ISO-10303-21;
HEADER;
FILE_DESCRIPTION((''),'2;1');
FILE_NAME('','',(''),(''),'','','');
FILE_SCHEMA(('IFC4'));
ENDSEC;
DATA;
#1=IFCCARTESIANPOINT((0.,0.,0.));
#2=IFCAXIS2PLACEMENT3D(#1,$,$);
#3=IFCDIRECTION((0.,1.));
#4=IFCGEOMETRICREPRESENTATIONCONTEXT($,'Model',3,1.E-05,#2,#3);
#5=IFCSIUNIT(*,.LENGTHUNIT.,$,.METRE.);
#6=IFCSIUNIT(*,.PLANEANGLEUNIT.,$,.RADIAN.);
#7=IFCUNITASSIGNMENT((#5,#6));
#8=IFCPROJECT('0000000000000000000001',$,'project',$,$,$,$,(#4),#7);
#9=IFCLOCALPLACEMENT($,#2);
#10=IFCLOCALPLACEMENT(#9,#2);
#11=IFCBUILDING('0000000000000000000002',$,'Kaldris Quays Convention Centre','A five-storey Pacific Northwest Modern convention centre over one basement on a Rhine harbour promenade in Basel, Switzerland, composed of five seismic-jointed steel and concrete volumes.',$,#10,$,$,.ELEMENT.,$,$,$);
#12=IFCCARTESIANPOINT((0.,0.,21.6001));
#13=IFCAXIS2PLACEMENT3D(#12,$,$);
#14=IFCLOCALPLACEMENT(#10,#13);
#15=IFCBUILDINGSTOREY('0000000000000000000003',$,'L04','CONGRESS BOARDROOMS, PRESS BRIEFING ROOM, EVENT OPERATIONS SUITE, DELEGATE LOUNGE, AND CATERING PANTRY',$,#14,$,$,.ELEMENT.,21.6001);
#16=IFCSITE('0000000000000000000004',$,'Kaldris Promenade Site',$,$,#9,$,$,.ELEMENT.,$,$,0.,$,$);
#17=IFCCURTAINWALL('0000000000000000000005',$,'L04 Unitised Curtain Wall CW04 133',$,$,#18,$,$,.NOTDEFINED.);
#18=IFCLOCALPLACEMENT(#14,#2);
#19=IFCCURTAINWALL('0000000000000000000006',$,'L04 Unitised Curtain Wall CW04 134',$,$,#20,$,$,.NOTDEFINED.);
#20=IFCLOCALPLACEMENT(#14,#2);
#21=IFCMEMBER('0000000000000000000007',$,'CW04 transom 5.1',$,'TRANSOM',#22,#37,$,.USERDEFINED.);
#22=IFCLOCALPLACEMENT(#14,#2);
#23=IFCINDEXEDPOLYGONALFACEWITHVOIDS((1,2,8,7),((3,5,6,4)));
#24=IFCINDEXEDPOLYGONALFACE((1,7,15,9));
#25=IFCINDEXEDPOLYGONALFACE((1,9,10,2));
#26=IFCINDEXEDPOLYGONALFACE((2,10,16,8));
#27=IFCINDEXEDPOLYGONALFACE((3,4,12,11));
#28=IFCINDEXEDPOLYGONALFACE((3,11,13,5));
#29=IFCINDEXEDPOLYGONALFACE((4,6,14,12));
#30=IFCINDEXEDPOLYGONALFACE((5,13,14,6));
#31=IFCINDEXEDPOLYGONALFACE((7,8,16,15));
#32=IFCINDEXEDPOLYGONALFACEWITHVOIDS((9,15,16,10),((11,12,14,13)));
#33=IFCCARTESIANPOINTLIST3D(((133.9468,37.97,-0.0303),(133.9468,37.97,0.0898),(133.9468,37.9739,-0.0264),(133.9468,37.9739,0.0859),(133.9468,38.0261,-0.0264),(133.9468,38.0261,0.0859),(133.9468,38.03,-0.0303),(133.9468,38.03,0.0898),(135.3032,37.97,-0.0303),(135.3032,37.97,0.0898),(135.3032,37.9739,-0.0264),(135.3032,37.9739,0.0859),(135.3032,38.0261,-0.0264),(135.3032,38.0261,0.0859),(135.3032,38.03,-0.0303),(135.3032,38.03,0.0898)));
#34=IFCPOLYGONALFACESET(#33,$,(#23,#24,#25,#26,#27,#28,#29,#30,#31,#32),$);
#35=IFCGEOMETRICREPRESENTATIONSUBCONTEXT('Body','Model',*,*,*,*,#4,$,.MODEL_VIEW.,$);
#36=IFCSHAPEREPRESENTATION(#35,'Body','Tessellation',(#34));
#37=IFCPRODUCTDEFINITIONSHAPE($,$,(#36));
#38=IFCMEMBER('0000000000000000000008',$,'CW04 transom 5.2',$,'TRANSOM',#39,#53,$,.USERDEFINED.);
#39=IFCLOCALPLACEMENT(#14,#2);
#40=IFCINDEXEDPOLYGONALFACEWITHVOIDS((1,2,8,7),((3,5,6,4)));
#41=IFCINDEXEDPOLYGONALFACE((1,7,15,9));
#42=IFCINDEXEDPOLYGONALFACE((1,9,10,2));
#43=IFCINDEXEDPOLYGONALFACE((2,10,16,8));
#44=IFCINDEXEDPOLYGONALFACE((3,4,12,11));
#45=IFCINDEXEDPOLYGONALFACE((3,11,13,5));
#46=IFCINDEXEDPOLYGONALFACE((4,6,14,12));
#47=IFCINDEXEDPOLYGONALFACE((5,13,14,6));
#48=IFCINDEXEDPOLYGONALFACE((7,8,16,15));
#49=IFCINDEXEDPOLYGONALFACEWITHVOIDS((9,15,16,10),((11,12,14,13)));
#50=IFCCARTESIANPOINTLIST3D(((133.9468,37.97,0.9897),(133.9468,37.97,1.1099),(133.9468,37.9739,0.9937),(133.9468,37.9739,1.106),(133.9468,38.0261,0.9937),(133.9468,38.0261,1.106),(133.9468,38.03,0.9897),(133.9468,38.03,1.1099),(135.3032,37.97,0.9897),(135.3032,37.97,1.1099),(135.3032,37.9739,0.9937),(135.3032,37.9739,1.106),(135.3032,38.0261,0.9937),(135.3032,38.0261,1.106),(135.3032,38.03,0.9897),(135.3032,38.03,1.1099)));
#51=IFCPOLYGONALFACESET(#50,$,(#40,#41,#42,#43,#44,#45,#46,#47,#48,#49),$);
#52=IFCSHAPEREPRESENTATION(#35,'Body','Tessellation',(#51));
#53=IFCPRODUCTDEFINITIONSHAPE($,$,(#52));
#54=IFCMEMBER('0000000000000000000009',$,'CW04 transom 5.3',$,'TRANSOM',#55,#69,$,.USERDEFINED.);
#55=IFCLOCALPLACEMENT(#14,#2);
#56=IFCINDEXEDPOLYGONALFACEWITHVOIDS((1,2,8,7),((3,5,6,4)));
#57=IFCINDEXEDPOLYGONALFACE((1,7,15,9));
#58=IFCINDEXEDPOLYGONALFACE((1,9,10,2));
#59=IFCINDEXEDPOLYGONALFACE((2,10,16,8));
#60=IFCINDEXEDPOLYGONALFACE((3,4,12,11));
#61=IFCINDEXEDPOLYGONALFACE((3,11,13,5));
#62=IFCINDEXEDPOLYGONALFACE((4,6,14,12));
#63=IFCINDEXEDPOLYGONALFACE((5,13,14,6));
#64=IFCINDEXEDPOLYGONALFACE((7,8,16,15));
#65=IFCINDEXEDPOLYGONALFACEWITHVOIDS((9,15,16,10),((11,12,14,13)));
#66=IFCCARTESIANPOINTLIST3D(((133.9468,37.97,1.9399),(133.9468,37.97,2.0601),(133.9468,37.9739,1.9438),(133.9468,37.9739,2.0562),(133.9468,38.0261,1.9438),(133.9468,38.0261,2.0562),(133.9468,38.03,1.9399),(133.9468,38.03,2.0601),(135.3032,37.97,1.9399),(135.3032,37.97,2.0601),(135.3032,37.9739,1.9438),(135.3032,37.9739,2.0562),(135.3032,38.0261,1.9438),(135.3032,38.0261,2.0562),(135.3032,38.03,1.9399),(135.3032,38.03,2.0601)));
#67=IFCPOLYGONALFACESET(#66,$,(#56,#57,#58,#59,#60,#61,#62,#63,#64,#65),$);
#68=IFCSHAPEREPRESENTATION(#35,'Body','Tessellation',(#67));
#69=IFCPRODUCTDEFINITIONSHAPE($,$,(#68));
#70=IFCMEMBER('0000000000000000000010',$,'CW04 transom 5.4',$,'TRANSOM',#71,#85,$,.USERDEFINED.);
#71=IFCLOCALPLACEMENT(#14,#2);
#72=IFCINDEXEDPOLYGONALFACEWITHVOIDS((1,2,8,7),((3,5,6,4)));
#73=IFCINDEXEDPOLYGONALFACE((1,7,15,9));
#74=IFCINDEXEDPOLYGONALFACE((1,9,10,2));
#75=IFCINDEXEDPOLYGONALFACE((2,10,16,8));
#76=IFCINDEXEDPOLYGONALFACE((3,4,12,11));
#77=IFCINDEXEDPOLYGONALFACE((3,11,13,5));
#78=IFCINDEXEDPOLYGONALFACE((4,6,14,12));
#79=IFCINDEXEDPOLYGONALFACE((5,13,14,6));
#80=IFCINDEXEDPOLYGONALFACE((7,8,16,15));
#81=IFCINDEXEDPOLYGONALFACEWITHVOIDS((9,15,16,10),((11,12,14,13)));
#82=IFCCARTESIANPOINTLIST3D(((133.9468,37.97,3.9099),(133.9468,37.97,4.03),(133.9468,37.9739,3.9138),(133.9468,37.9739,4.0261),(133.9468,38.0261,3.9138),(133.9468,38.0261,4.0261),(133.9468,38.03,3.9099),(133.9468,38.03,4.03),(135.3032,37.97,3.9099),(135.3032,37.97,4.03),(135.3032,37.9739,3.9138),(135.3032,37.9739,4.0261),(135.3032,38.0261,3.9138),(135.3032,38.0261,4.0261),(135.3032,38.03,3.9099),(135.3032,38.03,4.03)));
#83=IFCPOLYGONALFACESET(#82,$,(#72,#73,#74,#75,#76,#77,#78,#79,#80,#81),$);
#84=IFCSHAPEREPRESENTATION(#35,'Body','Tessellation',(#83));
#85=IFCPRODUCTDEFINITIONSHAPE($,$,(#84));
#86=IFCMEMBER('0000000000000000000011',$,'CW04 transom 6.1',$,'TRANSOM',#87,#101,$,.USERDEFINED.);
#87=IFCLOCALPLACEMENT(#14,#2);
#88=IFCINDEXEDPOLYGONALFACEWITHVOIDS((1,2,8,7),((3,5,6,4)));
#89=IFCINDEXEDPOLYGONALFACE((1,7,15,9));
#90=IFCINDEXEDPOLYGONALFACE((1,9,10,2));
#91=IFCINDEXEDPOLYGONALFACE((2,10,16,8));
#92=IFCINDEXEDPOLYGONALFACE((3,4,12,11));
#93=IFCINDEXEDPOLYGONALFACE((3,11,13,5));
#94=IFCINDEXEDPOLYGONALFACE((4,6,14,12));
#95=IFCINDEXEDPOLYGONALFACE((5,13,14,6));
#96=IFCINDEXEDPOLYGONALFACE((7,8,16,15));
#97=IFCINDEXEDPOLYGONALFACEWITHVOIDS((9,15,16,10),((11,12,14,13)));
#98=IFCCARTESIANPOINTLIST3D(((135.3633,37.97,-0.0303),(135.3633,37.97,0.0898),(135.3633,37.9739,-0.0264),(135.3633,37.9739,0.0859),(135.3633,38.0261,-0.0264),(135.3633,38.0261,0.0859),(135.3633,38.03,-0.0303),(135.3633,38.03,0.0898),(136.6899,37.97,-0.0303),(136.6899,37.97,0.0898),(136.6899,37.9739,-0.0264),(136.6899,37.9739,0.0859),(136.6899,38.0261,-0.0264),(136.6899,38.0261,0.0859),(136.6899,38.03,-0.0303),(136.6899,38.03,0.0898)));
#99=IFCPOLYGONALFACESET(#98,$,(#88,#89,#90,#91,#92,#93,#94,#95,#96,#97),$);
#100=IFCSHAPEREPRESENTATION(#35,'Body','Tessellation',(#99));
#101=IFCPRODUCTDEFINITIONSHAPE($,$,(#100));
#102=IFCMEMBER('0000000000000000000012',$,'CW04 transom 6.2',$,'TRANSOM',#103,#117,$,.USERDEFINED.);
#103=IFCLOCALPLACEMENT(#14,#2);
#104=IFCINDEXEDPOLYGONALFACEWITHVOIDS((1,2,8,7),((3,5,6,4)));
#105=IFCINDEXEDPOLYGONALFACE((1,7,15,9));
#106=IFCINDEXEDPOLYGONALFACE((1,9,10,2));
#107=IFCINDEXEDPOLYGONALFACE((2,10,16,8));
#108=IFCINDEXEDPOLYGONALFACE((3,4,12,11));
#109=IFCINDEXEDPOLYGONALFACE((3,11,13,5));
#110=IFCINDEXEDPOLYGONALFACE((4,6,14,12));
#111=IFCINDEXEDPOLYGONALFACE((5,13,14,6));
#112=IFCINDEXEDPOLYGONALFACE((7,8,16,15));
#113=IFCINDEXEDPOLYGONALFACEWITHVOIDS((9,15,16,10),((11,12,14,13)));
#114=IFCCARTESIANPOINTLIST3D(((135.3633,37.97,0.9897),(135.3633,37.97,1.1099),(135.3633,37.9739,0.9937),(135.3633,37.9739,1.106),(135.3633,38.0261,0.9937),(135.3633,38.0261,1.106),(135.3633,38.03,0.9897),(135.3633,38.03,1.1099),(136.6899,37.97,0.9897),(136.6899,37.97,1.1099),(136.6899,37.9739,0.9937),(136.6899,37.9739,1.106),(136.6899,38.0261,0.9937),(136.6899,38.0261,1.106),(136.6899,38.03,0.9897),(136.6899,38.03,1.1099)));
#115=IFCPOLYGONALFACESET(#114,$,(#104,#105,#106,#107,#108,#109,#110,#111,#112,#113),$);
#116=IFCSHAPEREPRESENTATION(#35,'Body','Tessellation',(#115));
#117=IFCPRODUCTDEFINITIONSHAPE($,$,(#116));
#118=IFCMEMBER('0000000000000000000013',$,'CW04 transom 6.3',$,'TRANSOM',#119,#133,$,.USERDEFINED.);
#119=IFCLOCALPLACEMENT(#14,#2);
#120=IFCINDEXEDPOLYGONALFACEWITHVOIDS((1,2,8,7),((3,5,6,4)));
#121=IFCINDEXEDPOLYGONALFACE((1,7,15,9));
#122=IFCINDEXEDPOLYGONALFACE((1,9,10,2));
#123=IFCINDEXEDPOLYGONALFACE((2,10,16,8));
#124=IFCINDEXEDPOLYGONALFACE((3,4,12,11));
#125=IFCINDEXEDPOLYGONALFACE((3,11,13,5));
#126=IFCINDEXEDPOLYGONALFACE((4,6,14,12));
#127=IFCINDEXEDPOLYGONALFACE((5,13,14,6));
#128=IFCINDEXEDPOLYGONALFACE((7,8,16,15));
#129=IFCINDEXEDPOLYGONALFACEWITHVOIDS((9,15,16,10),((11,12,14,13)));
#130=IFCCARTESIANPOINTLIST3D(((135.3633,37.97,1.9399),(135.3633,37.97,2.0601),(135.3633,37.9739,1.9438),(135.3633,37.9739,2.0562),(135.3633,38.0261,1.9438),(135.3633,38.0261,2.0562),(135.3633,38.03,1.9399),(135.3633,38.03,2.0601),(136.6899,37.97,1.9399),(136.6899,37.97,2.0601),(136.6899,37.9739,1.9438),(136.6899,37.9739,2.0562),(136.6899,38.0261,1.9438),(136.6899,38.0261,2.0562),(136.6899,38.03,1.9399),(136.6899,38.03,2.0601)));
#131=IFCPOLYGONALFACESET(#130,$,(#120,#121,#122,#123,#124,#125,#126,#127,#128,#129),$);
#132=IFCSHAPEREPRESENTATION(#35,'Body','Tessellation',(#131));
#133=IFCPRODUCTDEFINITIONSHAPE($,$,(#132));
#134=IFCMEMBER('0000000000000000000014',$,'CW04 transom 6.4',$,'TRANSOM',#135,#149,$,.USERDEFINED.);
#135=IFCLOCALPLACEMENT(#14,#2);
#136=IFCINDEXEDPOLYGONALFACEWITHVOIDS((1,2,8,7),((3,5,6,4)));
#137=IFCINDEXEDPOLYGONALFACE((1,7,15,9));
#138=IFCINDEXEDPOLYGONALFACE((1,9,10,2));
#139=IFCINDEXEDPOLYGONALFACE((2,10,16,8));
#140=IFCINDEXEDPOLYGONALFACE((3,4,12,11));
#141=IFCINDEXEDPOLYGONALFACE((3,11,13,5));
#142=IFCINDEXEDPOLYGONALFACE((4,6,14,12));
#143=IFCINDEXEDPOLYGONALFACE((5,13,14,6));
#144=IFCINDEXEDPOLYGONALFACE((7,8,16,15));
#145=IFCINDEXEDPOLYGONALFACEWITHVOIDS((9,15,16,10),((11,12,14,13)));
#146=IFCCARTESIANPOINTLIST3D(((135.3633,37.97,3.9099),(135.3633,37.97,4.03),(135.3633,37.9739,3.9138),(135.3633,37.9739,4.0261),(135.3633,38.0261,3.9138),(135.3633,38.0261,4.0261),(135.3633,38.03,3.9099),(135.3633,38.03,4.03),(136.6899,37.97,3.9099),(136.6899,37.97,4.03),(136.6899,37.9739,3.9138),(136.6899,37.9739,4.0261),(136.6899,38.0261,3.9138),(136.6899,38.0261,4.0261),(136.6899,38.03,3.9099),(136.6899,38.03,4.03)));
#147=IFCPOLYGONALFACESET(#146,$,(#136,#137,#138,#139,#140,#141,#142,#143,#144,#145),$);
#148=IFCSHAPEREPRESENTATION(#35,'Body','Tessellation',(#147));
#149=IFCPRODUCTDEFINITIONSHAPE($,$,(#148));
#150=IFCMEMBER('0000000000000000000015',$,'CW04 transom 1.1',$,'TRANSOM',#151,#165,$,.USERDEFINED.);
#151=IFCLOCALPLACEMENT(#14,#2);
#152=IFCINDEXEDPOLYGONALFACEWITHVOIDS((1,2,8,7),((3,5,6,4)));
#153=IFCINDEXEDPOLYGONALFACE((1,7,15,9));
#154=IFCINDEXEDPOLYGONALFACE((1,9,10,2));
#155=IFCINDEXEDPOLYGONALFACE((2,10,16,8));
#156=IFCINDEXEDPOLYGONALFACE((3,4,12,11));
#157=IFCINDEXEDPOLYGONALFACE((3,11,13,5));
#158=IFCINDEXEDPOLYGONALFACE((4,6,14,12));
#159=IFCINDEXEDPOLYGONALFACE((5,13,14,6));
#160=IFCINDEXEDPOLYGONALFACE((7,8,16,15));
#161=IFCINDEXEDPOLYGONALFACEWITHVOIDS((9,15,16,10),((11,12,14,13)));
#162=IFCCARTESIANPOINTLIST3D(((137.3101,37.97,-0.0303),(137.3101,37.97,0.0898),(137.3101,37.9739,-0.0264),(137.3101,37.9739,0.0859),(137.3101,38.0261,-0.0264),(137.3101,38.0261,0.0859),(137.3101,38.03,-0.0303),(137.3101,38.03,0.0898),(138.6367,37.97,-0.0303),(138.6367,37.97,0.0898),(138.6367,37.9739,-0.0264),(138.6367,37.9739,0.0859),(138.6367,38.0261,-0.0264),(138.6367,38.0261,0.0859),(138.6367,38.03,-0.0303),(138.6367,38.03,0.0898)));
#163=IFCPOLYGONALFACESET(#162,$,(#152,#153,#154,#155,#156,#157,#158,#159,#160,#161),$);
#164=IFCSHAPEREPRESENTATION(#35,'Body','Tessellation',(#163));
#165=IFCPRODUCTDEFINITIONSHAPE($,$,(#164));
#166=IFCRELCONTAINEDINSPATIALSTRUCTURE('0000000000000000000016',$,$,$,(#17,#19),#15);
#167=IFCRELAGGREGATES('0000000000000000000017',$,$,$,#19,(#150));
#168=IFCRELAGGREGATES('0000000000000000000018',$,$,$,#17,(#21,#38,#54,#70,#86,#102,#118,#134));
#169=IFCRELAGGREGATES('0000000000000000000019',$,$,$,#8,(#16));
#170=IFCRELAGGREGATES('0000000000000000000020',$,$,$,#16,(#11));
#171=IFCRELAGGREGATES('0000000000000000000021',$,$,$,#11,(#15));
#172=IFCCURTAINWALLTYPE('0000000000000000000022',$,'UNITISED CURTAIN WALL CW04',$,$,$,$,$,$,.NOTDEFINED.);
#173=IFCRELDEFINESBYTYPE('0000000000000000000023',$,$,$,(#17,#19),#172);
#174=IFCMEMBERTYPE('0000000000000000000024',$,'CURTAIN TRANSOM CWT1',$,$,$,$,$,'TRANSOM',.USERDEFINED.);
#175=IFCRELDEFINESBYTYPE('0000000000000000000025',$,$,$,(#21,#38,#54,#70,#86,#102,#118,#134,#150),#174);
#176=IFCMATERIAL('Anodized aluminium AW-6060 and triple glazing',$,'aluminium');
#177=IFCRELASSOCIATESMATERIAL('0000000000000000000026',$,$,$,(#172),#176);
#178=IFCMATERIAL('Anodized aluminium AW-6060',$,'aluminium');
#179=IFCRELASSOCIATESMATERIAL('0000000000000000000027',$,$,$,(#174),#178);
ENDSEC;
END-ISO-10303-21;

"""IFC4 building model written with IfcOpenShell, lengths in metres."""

from ifc_helpers import new_model, si_unit, direction, frame, origin, origin_2d, place, context, subcontext, project, spatial, hollow_rectangle, extrude, material, material_profile, profile_set, type_object, element, aggregate, save


model = new_model("IFC4")

# Units and contexts
model_context = context("Model", 3, precision=1e-05, world=origin(), true_north=direction((0.0, 1.0)))
body_context = subcontext(model_context, "Body", "Model", "MODEL_VIEW")
ifc_project = project(units=[si_unit("LENGTHUNIT", "METRE"), si_unit("PLANEANGLEUNIT", "RADIAN")], contexts=[model_context])

# Site, building, storey
site_placement = place(None, origin())
site = spatial("IfcSite", under=ifc_project, at=site_placement, Name="Kaldris Promenade Site", CompositionType="ELEMENT", RefElevation=0.0)
building_placement = place(site_placement, origin())
building = spatial("IfcBuilding", under=site, at=building_placement, Name="Kaldris Quays Convention Centre", Description="A five-storey Pacific Northwest Modern convention centre over one basement on a Rhine harbour promenade in Basel, Switzerland, composed of five seismic-jointed steel and concrete volumes.", CompositionType="ELEMENT")
storey_placement = place(building_placement, frame((0.0, 0.0, 21.6001)))
storey = spatial("IfcBuildingStorey", under=building, at=storey_placement, Name="L04", Description="CONGRESS BOARDROOMS, PRESS BRIEFING ROOM, EVENT OPERATIONS SUITE, DELEGATE LOUNGE, AND CATERING PANTRY", CompositionType="ELEMENT", Elevation=21.6001)

# Curtain wall
ifc_material_1 = material(Name="Anodized aluminium AW-6060 and triple glazing", Category="aluminium")
curtain_wall_type = type_object("IfcCurtainWallType", Name="UNITISED CURTAIN WALL CW04", PredefinedType="NOTDEFINED", material=ifc_material_1)
curtain_wall_1_placement = place(storey_placement, origin())
curtain_wall_1 = element("IfcCurtainWall", 1, at=curtain_wall_1_placement, inside=storey, type_object=curtain_wall_type, Name="L04 Unitised Curtain Wall CW04 133", PredefinedType="NOTDEFINED")
ifc_material_2 = material(Name="Anodized aluminium AW-6060", Category="aluminium")

# Curtain wall
curtain_wall_2_placement = place(storey_placement, origin())
curtain_wall_2 = element("IfcCurtainWall", 2, at=curtain_wall_2_placement, inside=storey, type_object=curtain_wall_type, Name="L04 Unitised Curtain Wall CW04 134", PredefinedType="NOTDEFINED")

# Members
ifc_material_profile_1 = material_profile(ifc_material_2, hollow_rectangle(XDim=0.0601, YDim=0.1201, WallThickness=0.0039, at=origin_2d()), Name="RHS 120x60x4")
ifc_profile_set_1 = profile_set([ifc_material_profile_1], Name="Anodized aluminium AW-6060")
member_type_1 = type_object("IfcMemberType", Name="CURTAIN TRANSOM CWT1", ElementType="TRANSOM", PredefinedType="USERDEFINED", material=ifc_profile_set_1)
member_1_placement = place(storey_placement, frame((133.9468, 38.0, 0.0298), z_axis=(1.0, 0.0, 0.0), x_axis=(0.0, 1.0, 0.0)))
member_1 = element("IfcMember", 3, at=member_1_placement, type_object=member_type_1, Name="CW04 transom 5.1", ObjectType="TRANSOM", PredefinedType="USERDEFINED", context=body_context, shape_type="SweptSolid", body=[
    extrude(hollow_rectangle(XDim=0.0601, YDim=0.1201, WallThickness=0.0039, at=origin_2d()), origin(), (0.0, 0.0, 1.0), 1.3564),
])
member_2_placement = place(storey_placement, frame((133.9468, 38.0, 1.0498), z_axis=(1.0, 0.0, 0.0), x_axis=(0.0, 1.0, 0.0)))
member_2 = element("IfcMember", 4, at=member_2_placement, type_object=member_type_1, Name="CW04 transom 5.2", ObjectType="TRANSOM", PredefinedType="USERDEFINED", context=body_context, shape_type="SweptSolid", body=[
    extrude(hollow_rectangle(XDim=0.0601, YDim=0.1201, WallThickness=0.0039, at=origin_2d()), origin(), (0.0, 0.0, 1.0), 1.3564),
])
member_3_placement = place(storey_placement, frame((133.9468, 38.0, 2.0), z_axis=(1.0, 0.0, 0.0), x_axis=(0.0, 1.0, 0.0)))
member_3 = element("IfcMember", 5, at=member_3_placement, type_object=member_type_1, Name="CW04 transom 5.3", ObjectType="TRANSOM", PredefinedType="USERDEFINED", context=body_context, shape_type="SweptSolid", body=[
    extrude(hollow_rectangle(XDim=0.0601, YDim=0.1201, WallThickness=0.0039, at=origin_2d()), origin(), (0.0, 0.0, 1.0), 1.3564),
])
member_4_placement = place(storey_placement, frame((133.9468, 38.0, 3.97), z_axis=(1.0, 0.0, 0.0), x_axis=(0.0, 1.0, 0.0)))
member_4 = element("IfcMember", 6, at=member_4_placement, type_object=member_type_1, Name="CW04 transom 5.4", ObjectType="TRANSOM", PredefinedType="USERDEFINED", context=body_context, shape_type="SweptSolid", body=[
    extrude(hollow_rectangle(XDim=0.0601, YDim=0.1201, WallThickness=0.0039, at=origin_2d()), origin(), (0.0, 0.0, 1.0), 1.3564),
])
member_5_placement = place(storey_placement, frame((135.3633, 38.0, 0.0298), z_axis=(1.0, 0.0, 0.0), x_axis=(0.0, 1.0, 0.0)))
member_5 = element("IfcMember", 7, at=member_5_placement, type_object=member_type_1, Name="CW04 transom 6.1", ObjectType="TRANSOM", PredefinedType="USERDEFINED", context=body_context, shape_type="SweptSolid", body=[
    extrude(hollow_rectangle(XDim=0.0601, YDim=0.1201, WallThickness=0.0039, at=origin_2d()), origin(), (0.0, 0.0, 1.0), 1.3267),
])
member_6_placement = place(storey_placement, frame((135.3633, 38.0, 1.0498), z_axis=(1.0, 0.0, 0.0), x_axis=(0.0, 1.0, 0.0)))
member_6 = element("IfcMember", 8, at=member_6_placement, type_object=member_type_1, Name="CW04 transom 6.2", ObjectType="TRANSOM", PredefinedType="USERDEFINED", context=body_context, shape_type="SweptSolid", body=[
    extrude(hollow_rectangle(XDim=0.0601, YDim=0.1201, WallThickness=0.0039, at=origin_2d()), origin(), (0.0, 0.0, 1.0), 1.3267),
])
member_7_placement = place(storey_placement, frame((135.3633, 38.0, 2.0), z_axis=(1.0, 0.0, 0.0), x_axis=(0.0, 1.0, 0.0)))
member_7 = element("IfcMember", 9, at=member_7_placement, type_object=member_type_1, Name="CW04 transom 6.3", ObjectType="TRANSOM", PredefinedType="USERDEFINED", context=body_context, shape_type="SweptSolid", body=[
    extrude(hollow_rectangle(XDim=0.0601, YDim=0.1201, WallThickness=0.0039, at=origin_2d()), origin(), (0.0, 0.0, 1.0), 1.3267),
])
member_8_placement = place(storey_placement, frame((135.3633, 38.0, 3.97), z_axis=(1.0, 0.0, 0.0), x_axis=(0.0, 1.0, 0.0)))
member_8 = element("IfcMember", 10, at=member_8_placement, type_object=member_type_1, Name="CW04 transom 6.4", ObjectType="TRANSOM", PredefinedType="USERDEFINED", context=body_context, shape_type="SweptSolid", body=[
    extrude(hollow_rectangle(XDim=0.0601, YDim=0.1201, WallThickness=0.0039, at=origin_2d()), origin(), (0.0, 0.0, 1.0), 1.3267),
])
member_9_placement = place(storey_placement, frame((137.3101, 38.0, 0.0298), z_axis=(1.0, 0.0, 0.0), x_axis=(0.0, 1.0, 0.0)))
member_9 = element("IfcMember", 11, at=member_9_placement, type_object=member_type_1, Name="CW04 transom 1.1", ObjectType="TRANSOM", PredefinedType="USERDEFINED", context=body_context, shape_type="SweptSolid", body=[
    extrude(hollow_rectangle(XDim=0.0601, YDim=0.1201, WallThickness=0.0039, at=origin_2d()), origin(), (0.0, 0.0, 1.0), 1.3267),
])
aggregate(curtain_wall_2, [member_9])

aggregate(curtain_wall_1, [member_1, member_2, member_3, member_4, member_5, member_6, member_7, member_8])

save(model, "model.ifc")
